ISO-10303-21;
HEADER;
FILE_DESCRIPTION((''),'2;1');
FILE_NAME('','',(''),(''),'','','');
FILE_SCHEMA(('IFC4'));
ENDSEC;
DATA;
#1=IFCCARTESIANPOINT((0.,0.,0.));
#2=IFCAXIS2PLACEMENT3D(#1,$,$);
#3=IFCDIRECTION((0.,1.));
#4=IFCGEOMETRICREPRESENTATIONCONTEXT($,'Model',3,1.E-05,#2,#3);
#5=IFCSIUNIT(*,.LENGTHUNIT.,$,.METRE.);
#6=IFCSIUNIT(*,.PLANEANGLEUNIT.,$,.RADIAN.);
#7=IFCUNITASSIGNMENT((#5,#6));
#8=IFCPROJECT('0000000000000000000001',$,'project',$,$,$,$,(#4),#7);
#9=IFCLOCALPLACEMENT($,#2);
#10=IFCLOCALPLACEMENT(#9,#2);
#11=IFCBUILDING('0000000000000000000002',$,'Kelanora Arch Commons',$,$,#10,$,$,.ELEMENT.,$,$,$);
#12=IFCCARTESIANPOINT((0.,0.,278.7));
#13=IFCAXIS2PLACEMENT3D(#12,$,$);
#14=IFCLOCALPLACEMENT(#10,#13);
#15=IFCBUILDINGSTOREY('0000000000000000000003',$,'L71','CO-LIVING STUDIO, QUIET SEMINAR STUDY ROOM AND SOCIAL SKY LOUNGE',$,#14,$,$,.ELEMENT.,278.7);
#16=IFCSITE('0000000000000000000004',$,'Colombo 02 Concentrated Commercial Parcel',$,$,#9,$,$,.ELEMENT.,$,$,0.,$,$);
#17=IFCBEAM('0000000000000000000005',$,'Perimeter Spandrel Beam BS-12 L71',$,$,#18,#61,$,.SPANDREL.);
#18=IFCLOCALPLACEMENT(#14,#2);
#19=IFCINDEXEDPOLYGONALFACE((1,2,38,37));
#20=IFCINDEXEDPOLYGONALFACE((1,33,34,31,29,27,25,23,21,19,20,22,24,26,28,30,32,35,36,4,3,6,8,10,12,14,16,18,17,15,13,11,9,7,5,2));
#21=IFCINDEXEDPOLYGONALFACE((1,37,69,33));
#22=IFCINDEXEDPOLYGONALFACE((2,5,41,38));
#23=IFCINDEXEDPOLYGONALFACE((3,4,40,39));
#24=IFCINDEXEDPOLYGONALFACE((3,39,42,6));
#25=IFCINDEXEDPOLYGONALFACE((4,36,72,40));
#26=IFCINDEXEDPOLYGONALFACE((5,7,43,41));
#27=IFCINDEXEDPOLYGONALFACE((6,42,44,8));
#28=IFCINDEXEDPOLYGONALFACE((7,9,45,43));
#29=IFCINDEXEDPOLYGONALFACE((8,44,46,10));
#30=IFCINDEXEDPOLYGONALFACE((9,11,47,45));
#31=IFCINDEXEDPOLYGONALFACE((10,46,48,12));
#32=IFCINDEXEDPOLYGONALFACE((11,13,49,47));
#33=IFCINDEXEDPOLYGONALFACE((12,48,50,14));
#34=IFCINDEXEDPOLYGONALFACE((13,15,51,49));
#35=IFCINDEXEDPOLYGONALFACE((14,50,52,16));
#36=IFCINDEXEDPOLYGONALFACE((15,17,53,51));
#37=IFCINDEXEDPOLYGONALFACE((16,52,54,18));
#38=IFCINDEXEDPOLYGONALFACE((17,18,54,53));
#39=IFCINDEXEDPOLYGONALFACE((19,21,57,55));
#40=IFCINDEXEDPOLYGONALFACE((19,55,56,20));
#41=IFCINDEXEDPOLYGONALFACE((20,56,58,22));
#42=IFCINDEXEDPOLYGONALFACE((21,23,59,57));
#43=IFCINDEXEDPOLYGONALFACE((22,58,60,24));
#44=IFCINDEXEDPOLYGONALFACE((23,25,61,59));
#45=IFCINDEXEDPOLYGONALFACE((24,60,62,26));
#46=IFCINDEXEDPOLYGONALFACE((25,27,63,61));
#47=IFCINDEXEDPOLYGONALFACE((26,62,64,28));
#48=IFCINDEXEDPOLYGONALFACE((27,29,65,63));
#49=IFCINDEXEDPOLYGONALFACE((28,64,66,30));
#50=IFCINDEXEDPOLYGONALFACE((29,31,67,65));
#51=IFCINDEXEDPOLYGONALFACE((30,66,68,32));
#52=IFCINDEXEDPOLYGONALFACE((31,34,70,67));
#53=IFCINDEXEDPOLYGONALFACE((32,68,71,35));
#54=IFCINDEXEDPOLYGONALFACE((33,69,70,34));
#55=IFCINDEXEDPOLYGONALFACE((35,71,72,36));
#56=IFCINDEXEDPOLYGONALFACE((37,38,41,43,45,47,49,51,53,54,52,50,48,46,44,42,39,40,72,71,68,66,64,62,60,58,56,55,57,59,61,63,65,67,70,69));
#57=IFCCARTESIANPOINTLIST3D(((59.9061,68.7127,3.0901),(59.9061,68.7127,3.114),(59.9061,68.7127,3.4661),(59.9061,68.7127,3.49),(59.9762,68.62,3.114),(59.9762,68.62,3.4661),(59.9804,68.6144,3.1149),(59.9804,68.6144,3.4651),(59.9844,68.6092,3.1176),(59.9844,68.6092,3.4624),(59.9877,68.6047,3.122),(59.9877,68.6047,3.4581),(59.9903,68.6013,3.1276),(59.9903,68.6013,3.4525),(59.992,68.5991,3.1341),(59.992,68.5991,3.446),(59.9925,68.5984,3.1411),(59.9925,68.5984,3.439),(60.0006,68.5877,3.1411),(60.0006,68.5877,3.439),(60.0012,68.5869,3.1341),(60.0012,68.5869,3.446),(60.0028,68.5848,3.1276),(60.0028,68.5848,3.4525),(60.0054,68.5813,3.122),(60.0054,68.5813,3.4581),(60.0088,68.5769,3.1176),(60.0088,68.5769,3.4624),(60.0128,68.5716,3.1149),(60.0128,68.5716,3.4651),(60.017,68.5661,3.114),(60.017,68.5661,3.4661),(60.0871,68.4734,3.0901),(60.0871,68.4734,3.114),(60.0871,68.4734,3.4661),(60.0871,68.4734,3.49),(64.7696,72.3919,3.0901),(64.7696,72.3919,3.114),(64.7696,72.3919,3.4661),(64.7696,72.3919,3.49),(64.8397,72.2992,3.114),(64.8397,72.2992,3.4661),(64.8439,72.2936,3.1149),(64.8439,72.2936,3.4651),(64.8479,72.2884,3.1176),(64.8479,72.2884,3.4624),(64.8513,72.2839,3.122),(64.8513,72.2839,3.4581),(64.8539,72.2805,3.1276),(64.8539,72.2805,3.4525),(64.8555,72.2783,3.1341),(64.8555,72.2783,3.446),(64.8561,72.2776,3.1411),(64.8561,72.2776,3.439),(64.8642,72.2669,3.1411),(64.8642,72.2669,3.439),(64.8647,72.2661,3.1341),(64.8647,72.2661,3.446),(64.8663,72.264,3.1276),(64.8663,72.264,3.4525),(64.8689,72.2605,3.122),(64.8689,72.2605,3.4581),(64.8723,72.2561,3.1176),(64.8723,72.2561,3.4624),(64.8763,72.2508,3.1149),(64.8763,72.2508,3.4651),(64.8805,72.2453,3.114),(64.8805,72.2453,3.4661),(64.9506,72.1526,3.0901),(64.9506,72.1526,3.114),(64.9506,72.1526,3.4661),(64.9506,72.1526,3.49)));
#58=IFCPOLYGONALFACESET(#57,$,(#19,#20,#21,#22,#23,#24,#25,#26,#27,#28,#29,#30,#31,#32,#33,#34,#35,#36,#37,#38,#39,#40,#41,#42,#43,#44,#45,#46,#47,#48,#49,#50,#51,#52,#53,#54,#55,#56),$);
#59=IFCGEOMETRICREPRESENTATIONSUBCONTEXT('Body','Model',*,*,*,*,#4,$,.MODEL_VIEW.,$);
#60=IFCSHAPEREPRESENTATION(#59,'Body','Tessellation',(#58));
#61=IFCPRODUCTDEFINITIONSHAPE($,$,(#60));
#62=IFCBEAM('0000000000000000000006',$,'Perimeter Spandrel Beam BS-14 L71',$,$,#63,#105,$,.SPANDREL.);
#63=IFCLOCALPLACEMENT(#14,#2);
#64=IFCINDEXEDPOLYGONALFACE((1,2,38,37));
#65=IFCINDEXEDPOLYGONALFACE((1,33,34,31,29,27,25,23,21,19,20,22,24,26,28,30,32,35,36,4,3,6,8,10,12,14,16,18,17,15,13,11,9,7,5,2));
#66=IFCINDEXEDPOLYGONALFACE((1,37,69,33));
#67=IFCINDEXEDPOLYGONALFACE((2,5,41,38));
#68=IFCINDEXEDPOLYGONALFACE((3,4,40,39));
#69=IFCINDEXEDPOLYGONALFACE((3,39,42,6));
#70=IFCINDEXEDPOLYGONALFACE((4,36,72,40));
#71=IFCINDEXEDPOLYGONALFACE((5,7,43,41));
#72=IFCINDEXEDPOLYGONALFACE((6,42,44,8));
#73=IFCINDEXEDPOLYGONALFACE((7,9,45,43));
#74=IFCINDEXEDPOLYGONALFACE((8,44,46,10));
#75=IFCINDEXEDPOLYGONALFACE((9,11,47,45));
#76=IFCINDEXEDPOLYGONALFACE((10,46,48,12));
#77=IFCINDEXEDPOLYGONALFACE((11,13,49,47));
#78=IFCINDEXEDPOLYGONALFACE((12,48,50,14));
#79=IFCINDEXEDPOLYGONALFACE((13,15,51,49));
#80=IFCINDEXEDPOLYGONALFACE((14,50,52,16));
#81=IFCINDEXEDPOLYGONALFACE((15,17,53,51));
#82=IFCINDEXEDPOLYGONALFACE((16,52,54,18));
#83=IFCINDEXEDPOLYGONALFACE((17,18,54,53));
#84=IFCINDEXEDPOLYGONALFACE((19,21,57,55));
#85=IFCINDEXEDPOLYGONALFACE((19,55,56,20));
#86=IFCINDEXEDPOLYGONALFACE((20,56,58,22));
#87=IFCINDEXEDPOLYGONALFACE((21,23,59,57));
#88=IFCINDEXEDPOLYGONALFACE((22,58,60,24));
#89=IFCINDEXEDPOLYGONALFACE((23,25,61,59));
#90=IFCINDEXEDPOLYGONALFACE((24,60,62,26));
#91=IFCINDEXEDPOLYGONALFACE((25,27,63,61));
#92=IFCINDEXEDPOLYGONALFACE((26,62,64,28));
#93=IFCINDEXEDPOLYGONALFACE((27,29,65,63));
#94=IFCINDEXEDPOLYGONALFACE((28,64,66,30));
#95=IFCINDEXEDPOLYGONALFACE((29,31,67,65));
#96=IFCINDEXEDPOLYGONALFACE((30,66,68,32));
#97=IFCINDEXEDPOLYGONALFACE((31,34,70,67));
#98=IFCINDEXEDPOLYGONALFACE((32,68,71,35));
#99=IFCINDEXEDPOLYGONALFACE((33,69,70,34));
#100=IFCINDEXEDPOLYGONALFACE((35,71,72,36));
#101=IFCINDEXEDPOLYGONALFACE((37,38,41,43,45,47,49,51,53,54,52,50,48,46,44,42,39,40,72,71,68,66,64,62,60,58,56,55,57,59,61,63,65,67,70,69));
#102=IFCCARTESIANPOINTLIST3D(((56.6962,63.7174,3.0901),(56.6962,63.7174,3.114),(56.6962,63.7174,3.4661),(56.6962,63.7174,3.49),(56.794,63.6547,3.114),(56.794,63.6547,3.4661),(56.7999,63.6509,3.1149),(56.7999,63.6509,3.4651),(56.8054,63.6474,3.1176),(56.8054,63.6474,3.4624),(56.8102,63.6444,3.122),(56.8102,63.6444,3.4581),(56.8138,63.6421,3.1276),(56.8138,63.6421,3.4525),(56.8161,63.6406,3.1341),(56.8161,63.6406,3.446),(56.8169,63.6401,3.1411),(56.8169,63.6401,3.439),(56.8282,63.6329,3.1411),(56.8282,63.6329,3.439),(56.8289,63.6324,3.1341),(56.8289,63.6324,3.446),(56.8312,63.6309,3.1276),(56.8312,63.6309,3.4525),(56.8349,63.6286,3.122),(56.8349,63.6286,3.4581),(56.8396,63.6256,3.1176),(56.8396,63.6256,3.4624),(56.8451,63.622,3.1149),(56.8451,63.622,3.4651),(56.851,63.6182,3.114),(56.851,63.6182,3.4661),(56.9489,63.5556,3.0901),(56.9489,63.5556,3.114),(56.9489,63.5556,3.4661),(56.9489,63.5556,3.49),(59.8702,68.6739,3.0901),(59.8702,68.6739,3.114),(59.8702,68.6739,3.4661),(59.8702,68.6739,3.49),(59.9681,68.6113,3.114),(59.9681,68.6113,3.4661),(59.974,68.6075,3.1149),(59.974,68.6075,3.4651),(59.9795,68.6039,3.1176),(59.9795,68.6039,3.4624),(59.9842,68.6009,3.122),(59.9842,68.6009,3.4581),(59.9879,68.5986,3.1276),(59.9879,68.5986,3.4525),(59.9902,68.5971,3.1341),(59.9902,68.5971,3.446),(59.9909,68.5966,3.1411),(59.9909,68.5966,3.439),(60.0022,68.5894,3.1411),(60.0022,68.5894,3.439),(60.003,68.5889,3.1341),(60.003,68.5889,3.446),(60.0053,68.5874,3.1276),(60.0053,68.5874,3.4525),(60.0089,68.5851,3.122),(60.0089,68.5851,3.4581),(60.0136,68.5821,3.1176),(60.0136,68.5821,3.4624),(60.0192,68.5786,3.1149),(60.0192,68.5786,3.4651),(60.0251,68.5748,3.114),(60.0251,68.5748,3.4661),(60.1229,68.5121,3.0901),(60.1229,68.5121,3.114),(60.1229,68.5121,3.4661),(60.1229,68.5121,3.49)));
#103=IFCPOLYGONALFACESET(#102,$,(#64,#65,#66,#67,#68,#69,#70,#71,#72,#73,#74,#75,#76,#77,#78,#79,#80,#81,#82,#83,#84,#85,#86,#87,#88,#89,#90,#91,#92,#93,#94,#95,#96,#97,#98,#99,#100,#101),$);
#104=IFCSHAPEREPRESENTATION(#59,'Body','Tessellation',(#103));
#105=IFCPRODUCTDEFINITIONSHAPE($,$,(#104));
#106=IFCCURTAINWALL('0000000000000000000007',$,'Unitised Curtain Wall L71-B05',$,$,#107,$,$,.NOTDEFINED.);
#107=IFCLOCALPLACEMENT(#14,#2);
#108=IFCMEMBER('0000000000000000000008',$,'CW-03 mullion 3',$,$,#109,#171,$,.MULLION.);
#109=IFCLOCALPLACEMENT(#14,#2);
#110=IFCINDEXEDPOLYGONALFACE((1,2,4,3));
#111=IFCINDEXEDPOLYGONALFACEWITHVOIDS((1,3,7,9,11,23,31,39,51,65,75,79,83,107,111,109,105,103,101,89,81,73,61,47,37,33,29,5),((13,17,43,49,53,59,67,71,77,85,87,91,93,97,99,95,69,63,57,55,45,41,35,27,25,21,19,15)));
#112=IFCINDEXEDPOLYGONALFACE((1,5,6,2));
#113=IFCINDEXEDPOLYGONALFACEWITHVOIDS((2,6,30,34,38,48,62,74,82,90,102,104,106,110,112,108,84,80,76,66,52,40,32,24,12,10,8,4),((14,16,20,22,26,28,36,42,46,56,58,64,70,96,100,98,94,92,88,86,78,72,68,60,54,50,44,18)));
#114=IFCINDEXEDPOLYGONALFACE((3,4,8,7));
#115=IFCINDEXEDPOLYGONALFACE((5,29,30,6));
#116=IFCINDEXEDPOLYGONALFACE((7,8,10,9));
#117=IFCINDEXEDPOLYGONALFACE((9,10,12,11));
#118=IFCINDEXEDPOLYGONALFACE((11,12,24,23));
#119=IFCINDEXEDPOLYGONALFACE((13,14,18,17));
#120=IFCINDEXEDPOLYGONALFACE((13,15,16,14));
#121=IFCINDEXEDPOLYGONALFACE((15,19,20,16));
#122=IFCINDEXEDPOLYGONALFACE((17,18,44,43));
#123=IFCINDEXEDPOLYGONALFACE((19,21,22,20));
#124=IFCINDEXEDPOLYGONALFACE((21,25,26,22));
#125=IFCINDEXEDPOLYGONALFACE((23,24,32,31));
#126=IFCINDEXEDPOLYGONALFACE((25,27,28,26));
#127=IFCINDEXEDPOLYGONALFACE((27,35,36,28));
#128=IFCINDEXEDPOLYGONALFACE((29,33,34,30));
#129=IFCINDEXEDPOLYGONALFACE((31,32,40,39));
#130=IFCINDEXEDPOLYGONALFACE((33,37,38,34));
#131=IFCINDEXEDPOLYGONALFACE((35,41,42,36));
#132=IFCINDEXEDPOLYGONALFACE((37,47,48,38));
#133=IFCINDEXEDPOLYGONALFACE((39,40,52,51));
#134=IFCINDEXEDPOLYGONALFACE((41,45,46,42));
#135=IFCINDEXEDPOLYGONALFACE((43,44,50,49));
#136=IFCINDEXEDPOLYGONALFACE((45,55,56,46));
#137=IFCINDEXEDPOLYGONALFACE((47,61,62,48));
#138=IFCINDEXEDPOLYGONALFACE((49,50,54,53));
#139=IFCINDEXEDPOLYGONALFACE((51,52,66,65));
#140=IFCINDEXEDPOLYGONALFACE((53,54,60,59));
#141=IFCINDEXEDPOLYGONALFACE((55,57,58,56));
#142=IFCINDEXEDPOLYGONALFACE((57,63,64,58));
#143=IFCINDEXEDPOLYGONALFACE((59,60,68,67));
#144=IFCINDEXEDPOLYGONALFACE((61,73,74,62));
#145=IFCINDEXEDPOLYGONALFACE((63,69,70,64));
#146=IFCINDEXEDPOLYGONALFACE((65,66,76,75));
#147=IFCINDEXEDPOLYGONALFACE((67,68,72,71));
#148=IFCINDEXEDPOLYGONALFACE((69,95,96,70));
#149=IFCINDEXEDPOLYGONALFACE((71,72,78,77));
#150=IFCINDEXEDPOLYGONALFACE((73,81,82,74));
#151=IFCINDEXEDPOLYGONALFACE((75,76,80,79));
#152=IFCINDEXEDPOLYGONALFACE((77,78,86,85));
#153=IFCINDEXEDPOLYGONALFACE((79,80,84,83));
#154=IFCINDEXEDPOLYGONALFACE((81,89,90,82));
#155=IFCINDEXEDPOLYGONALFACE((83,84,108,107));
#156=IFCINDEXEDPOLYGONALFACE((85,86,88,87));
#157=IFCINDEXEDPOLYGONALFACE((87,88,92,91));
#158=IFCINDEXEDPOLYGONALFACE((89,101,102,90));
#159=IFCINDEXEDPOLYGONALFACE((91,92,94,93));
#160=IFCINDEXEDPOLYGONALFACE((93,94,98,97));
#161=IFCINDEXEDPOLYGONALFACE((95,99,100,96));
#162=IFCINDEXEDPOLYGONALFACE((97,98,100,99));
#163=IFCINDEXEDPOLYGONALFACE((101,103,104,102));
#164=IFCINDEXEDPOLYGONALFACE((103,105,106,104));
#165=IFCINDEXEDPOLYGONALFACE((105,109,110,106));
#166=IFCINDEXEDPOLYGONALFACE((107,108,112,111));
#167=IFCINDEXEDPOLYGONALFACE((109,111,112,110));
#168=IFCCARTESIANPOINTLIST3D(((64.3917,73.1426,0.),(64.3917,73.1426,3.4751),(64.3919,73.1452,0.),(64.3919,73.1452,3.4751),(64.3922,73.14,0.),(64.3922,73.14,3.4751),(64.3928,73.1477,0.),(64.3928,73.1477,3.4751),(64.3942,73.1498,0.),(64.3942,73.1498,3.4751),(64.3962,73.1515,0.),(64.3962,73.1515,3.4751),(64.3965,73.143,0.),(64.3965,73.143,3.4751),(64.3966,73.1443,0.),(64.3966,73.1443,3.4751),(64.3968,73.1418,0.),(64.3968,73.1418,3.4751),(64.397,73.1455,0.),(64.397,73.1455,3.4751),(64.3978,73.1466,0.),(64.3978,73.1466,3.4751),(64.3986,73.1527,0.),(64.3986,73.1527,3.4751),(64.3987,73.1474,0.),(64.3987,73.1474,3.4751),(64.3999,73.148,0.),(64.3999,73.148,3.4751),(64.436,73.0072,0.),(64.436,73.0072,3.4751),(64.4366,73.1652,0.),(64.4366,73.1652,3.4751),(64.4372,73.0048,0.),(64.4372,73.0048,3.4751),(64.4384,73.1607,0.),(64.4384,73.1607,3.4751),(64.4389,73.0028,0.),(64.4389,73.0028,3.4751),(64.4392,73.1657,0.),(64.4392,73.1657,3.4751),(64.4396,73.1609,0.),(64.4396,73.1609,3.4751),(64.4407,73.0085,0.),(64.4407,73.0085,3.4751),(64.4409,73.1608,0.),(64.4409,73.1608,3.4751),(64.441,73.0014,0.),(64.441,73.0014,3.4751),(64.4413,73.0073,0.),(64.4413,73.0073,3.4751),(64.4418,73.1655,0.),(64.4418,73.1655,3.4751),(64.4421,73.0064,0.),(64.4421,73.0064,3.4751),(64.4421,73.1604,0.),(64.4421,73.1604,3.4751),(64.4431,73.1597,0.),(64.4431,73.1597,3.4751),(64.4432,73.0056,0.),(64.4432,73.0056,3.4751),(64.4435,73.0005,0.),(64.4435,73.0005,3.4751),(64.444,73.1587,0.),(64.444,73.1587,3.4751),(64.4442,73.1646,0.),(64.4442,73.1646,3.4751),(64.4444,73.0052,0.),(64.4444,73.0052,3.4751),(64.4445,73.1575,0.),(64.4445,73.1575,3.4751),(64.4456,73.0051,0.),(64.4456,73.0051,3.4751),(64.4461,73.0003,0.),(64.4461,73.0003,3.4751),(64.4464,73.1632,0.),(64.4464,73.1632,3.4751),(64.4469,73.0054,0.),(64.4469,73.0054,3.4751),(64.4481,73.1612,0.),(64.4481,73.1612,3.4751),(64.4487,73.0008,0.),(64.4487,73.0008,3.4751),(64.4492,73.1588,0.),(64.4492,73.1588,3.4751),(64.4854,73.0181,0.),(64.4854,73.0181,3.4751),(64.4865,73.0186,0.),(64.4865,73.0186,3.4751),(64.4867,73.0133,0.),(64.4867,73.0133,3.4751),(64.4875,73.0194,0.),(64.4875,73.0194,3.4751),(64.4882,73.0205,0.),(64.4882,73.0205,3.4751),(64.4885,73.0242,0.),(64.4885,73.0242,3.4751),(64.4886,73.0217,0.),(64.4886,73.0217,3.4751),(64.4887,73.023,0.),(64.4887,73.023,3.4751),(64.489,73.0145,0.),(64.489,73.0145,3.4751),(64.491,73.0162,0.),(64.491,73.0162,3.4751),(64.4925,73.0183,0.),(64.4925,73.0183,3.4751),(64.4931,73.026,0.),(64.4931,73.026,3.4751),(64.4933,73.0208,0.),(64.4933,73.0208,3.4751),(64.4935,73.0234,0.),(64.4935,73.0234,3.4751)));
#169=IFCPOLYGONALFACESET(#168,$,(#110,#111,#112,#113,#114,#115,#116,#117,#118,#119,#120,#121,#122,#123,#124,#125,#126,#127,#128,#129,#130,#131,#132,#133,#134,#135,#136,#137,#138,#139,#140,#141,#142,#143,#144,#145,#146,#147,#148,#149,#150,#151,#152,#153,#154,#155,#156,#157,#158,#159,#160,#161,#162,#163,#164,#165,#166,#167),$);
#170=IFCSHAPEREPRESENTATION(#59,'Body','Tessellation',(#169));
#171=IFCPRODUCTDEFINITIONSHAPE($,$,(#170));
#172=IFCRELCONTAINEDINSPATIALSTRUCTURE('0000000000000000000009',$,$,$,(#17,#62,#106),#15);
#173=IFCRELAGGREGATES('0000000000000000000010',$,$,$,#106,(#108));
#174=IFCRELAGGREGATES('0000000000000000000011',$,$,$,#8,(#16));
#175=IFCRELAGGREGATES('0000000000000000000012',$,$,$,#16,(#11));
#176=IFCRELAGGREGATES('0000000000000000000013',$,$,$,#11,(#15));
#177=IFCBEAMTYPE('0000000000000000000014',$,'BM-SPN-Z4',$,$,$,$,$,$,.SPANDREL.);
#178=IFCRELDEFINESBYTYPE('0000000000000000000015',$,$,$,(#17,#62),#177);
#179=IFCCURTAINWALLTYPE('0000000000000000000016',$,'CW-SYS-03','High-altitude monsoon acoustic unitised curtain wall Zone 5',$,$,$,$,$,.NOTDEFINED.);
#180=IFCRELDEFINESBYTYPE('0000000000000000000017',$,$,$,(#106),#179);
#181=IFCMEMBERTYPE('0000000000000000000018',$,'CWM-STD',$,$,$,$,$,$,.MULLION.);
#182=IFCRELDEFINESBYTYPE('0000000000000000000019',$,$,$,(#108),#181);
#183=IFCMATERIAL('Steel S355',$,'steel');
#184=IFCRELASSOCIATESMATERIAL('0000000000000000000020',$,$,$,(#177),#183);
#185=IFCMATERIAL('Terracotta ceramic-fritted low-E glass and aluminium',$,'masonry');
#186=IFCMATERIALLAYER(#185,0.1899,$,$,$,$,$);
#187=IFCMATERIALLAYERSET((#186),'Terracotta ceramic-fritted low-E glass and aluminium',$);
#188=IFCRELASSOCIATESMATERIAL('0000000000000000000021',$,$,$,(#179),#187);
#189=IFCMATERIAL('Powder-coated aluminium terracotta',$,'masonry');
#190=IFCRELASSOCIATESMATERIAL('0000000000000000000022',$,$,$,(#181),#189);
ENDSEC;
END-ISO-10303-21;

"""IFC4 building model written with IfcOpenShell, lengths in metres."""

from ifc_helpers import new_model, si_unit, direction, frame, origin, origin_2d, place, context, subcontext, project, spatial, hollow_rectangle, i_section, extrude, material, layer, layer_set, material_profile, profile_set, type_object, element, aggregate, save


model = new_model("IFC4")

# Units and contexts
model_context = context("Model", 3, precision=1e-05, world=origin(), true_north=direction((0.0, 1.0)))
body_context = subcontext(model_context, "Body", "Model", "MODEL_VIEW")
ifc_project = project(units=[si_unit("LENGTHUNIT", "METRE"), si_unit("PLANEANGLEUNIT", "RADIAN")], contexts=[model_context])

# Site, building, storey
site_placement = place(None, origin())
site = spatial("IfcSite", under=ifc_project, at=site_placement, Name="Colombo 02 Concentrated Commercial Parcel", CompositionType="ELEMENT", RefElevation=0.0)
building_placement = place(site_placement, origin())
building = spatial("IfcBuilding", under=site, at=building_placement, Name="Kelanora Arch Commons", CompositionType="ELEMENT")
storey_placement = place(building_placement, frame((0.0, 0.0, 278.7)))
storey = spatial("IfcBuildingStorey", under=building, at=storey_placement, Name="L71", Description="CO-LIVING STUDIO, QUIET SEMINAR STUDY ROOM AND SOCIAL SKY LOUNGE", CompositionType="ELEMENT", Elevation=278.7)

# Beams
ifc_material_1 = material(Name="Steel S355", Category="steel")
ifc_material_profile_1 = material_profile(ifc_material_1, i_section(OverallWidth=0.3, OverallDepth=0.3999, WebThickness=0.0134, FlangeThickness=0.0239, FilletRadius=0.0271, at=origin_2d()), Name="HEB400")
ifc_profile_set_1 = profile_set([ifc_material_profile_1], Name="Steel S355")
beam_type_1 = type_object("IfcBeamType", Name="BM-SPN-Z4", PredefinedType="SPANDREL", material=ifc_profile_set_1)
beam_1_placement = place(storey_placement, frame((64.8601, 72.2722, 3.29), z_axis=(-0.797509, -0.603306, 0.0), x_axis=(0.603306, -0.797509, 0.0)))
element("IfcBeam", 1, at=beam_1_placement, inside=storey, type_object=beam_type_1, Name="Perimeter Spandrel Beam BS-12 L71", PredefinedType="SPANDREL", context=body_context, shape_type="SweptSolid", body=[
    extrude(i_section(OverallWidth=0.3, OverallDepth=0.3999, WebThickness=0.0134, FlangeThickness=0.0239, FilletRadius=0.0271, at=origin_2d()), origin(), (0.0, 0.0, 1.0), 6.0984),
])
beam_2_placement = place(storey_placement, frame((59.9966, 68.593, 3.29), z_axis=(-0.539281, -0.842126, 0.0), x_axis=(0.842126, -0.539281, 0.0)))
element("IfcBeam", 2, at=beam_2_placement, inside=storey, type_object=beam_type_1, Name="Perimeter Spandrel Beam BS-14 L71", PredefinedType="SPANDREL", context=body_context, shape_type="SweptSolid", body=[
    extrude(i_section(OverallWidth=0.3, OverallDepth=0.3999, WebThickness=0.0134, FlangeThickness=0.0239, FilletRadius=0.0271, at=origin_2d()), origin(), (0.0, 0.0, 1.0), 5.8857),
])

# Curtain wall, member
ifc_material_2 = material(Name="Terracotta ceramic-fritted low-E glass and aluminium", Category="masonry")
ifc_layer_1 = layer(ifc_material_2, 0.1899)
ifc_layer_set_1 = layer_set([ifc_layer_1], Name="Terracotta ceramic-fritted low-E glass and aluminium")
curtain_wall_type = type_object("IfcCurtainWallType", Name="CW-SYS-03", Description="High-altitude monsoon acoustic unitised curtain wall Zone 5", PredefinedType="NOTDEFINED", material=ifc_layer_set_1)
curtain_wall_placement = place(storey_placement, origin())
curtain_wall = element("IfcCurtainWall", 3, at=curtain_wall_placement, inside=storey, type_object=curtain_wall_type, Name="Unitised Curtain Wall L71-B05", PredefinedType="NOTDEFINED")
ifc_material_3 = material(Name="Powder-coated aluminium terracotta", Category="masonry")
ifc_material_profile_2 = material_profile(ifc_material_3, hollow_rectangle(XDim=0.1599, YDim=0.0601, WallThickness=0.0049, InnerFilletRadius=0.0049, OuterFilletRadius=0.01, at=origin_2d()), Name="CWM160x60")
ifc_profile_set_2 = profile_set([ifc_material_profile_2], Name="Powder-coated aluminium terracotta")
member_type = type_object("IfcMemberType", Name="CWM-STD", PredefinedType="MULLION", material=ifc_profile_set_2)
member_placement = place(storey_placement, frame((64.4426, 73.083, 0.0), z_axis=(0.0, 0.0, 1.0), x_axis=(0.313253, -0.94967, 0.0)))
member = element("IfcMember", 4, at=member_placement, type_object=member_type, Name="CW-03 mullion 3", PredefinedType="MULLION", context=body_context, shape_type="SweptSolid", body=[
    extrude(hollow_rectangle(XDim=0.1599, YDim=0.0601, WallThickness=0.0049, InnerFilletRadius=0.0049, OuterFilletRadius=0.01, at=origin_2d()), origin(), (0.0, 0.0, 1.0), 3.4751),
])
aggregate(curtain_wall, [member])

save(model, "model.ifc")
